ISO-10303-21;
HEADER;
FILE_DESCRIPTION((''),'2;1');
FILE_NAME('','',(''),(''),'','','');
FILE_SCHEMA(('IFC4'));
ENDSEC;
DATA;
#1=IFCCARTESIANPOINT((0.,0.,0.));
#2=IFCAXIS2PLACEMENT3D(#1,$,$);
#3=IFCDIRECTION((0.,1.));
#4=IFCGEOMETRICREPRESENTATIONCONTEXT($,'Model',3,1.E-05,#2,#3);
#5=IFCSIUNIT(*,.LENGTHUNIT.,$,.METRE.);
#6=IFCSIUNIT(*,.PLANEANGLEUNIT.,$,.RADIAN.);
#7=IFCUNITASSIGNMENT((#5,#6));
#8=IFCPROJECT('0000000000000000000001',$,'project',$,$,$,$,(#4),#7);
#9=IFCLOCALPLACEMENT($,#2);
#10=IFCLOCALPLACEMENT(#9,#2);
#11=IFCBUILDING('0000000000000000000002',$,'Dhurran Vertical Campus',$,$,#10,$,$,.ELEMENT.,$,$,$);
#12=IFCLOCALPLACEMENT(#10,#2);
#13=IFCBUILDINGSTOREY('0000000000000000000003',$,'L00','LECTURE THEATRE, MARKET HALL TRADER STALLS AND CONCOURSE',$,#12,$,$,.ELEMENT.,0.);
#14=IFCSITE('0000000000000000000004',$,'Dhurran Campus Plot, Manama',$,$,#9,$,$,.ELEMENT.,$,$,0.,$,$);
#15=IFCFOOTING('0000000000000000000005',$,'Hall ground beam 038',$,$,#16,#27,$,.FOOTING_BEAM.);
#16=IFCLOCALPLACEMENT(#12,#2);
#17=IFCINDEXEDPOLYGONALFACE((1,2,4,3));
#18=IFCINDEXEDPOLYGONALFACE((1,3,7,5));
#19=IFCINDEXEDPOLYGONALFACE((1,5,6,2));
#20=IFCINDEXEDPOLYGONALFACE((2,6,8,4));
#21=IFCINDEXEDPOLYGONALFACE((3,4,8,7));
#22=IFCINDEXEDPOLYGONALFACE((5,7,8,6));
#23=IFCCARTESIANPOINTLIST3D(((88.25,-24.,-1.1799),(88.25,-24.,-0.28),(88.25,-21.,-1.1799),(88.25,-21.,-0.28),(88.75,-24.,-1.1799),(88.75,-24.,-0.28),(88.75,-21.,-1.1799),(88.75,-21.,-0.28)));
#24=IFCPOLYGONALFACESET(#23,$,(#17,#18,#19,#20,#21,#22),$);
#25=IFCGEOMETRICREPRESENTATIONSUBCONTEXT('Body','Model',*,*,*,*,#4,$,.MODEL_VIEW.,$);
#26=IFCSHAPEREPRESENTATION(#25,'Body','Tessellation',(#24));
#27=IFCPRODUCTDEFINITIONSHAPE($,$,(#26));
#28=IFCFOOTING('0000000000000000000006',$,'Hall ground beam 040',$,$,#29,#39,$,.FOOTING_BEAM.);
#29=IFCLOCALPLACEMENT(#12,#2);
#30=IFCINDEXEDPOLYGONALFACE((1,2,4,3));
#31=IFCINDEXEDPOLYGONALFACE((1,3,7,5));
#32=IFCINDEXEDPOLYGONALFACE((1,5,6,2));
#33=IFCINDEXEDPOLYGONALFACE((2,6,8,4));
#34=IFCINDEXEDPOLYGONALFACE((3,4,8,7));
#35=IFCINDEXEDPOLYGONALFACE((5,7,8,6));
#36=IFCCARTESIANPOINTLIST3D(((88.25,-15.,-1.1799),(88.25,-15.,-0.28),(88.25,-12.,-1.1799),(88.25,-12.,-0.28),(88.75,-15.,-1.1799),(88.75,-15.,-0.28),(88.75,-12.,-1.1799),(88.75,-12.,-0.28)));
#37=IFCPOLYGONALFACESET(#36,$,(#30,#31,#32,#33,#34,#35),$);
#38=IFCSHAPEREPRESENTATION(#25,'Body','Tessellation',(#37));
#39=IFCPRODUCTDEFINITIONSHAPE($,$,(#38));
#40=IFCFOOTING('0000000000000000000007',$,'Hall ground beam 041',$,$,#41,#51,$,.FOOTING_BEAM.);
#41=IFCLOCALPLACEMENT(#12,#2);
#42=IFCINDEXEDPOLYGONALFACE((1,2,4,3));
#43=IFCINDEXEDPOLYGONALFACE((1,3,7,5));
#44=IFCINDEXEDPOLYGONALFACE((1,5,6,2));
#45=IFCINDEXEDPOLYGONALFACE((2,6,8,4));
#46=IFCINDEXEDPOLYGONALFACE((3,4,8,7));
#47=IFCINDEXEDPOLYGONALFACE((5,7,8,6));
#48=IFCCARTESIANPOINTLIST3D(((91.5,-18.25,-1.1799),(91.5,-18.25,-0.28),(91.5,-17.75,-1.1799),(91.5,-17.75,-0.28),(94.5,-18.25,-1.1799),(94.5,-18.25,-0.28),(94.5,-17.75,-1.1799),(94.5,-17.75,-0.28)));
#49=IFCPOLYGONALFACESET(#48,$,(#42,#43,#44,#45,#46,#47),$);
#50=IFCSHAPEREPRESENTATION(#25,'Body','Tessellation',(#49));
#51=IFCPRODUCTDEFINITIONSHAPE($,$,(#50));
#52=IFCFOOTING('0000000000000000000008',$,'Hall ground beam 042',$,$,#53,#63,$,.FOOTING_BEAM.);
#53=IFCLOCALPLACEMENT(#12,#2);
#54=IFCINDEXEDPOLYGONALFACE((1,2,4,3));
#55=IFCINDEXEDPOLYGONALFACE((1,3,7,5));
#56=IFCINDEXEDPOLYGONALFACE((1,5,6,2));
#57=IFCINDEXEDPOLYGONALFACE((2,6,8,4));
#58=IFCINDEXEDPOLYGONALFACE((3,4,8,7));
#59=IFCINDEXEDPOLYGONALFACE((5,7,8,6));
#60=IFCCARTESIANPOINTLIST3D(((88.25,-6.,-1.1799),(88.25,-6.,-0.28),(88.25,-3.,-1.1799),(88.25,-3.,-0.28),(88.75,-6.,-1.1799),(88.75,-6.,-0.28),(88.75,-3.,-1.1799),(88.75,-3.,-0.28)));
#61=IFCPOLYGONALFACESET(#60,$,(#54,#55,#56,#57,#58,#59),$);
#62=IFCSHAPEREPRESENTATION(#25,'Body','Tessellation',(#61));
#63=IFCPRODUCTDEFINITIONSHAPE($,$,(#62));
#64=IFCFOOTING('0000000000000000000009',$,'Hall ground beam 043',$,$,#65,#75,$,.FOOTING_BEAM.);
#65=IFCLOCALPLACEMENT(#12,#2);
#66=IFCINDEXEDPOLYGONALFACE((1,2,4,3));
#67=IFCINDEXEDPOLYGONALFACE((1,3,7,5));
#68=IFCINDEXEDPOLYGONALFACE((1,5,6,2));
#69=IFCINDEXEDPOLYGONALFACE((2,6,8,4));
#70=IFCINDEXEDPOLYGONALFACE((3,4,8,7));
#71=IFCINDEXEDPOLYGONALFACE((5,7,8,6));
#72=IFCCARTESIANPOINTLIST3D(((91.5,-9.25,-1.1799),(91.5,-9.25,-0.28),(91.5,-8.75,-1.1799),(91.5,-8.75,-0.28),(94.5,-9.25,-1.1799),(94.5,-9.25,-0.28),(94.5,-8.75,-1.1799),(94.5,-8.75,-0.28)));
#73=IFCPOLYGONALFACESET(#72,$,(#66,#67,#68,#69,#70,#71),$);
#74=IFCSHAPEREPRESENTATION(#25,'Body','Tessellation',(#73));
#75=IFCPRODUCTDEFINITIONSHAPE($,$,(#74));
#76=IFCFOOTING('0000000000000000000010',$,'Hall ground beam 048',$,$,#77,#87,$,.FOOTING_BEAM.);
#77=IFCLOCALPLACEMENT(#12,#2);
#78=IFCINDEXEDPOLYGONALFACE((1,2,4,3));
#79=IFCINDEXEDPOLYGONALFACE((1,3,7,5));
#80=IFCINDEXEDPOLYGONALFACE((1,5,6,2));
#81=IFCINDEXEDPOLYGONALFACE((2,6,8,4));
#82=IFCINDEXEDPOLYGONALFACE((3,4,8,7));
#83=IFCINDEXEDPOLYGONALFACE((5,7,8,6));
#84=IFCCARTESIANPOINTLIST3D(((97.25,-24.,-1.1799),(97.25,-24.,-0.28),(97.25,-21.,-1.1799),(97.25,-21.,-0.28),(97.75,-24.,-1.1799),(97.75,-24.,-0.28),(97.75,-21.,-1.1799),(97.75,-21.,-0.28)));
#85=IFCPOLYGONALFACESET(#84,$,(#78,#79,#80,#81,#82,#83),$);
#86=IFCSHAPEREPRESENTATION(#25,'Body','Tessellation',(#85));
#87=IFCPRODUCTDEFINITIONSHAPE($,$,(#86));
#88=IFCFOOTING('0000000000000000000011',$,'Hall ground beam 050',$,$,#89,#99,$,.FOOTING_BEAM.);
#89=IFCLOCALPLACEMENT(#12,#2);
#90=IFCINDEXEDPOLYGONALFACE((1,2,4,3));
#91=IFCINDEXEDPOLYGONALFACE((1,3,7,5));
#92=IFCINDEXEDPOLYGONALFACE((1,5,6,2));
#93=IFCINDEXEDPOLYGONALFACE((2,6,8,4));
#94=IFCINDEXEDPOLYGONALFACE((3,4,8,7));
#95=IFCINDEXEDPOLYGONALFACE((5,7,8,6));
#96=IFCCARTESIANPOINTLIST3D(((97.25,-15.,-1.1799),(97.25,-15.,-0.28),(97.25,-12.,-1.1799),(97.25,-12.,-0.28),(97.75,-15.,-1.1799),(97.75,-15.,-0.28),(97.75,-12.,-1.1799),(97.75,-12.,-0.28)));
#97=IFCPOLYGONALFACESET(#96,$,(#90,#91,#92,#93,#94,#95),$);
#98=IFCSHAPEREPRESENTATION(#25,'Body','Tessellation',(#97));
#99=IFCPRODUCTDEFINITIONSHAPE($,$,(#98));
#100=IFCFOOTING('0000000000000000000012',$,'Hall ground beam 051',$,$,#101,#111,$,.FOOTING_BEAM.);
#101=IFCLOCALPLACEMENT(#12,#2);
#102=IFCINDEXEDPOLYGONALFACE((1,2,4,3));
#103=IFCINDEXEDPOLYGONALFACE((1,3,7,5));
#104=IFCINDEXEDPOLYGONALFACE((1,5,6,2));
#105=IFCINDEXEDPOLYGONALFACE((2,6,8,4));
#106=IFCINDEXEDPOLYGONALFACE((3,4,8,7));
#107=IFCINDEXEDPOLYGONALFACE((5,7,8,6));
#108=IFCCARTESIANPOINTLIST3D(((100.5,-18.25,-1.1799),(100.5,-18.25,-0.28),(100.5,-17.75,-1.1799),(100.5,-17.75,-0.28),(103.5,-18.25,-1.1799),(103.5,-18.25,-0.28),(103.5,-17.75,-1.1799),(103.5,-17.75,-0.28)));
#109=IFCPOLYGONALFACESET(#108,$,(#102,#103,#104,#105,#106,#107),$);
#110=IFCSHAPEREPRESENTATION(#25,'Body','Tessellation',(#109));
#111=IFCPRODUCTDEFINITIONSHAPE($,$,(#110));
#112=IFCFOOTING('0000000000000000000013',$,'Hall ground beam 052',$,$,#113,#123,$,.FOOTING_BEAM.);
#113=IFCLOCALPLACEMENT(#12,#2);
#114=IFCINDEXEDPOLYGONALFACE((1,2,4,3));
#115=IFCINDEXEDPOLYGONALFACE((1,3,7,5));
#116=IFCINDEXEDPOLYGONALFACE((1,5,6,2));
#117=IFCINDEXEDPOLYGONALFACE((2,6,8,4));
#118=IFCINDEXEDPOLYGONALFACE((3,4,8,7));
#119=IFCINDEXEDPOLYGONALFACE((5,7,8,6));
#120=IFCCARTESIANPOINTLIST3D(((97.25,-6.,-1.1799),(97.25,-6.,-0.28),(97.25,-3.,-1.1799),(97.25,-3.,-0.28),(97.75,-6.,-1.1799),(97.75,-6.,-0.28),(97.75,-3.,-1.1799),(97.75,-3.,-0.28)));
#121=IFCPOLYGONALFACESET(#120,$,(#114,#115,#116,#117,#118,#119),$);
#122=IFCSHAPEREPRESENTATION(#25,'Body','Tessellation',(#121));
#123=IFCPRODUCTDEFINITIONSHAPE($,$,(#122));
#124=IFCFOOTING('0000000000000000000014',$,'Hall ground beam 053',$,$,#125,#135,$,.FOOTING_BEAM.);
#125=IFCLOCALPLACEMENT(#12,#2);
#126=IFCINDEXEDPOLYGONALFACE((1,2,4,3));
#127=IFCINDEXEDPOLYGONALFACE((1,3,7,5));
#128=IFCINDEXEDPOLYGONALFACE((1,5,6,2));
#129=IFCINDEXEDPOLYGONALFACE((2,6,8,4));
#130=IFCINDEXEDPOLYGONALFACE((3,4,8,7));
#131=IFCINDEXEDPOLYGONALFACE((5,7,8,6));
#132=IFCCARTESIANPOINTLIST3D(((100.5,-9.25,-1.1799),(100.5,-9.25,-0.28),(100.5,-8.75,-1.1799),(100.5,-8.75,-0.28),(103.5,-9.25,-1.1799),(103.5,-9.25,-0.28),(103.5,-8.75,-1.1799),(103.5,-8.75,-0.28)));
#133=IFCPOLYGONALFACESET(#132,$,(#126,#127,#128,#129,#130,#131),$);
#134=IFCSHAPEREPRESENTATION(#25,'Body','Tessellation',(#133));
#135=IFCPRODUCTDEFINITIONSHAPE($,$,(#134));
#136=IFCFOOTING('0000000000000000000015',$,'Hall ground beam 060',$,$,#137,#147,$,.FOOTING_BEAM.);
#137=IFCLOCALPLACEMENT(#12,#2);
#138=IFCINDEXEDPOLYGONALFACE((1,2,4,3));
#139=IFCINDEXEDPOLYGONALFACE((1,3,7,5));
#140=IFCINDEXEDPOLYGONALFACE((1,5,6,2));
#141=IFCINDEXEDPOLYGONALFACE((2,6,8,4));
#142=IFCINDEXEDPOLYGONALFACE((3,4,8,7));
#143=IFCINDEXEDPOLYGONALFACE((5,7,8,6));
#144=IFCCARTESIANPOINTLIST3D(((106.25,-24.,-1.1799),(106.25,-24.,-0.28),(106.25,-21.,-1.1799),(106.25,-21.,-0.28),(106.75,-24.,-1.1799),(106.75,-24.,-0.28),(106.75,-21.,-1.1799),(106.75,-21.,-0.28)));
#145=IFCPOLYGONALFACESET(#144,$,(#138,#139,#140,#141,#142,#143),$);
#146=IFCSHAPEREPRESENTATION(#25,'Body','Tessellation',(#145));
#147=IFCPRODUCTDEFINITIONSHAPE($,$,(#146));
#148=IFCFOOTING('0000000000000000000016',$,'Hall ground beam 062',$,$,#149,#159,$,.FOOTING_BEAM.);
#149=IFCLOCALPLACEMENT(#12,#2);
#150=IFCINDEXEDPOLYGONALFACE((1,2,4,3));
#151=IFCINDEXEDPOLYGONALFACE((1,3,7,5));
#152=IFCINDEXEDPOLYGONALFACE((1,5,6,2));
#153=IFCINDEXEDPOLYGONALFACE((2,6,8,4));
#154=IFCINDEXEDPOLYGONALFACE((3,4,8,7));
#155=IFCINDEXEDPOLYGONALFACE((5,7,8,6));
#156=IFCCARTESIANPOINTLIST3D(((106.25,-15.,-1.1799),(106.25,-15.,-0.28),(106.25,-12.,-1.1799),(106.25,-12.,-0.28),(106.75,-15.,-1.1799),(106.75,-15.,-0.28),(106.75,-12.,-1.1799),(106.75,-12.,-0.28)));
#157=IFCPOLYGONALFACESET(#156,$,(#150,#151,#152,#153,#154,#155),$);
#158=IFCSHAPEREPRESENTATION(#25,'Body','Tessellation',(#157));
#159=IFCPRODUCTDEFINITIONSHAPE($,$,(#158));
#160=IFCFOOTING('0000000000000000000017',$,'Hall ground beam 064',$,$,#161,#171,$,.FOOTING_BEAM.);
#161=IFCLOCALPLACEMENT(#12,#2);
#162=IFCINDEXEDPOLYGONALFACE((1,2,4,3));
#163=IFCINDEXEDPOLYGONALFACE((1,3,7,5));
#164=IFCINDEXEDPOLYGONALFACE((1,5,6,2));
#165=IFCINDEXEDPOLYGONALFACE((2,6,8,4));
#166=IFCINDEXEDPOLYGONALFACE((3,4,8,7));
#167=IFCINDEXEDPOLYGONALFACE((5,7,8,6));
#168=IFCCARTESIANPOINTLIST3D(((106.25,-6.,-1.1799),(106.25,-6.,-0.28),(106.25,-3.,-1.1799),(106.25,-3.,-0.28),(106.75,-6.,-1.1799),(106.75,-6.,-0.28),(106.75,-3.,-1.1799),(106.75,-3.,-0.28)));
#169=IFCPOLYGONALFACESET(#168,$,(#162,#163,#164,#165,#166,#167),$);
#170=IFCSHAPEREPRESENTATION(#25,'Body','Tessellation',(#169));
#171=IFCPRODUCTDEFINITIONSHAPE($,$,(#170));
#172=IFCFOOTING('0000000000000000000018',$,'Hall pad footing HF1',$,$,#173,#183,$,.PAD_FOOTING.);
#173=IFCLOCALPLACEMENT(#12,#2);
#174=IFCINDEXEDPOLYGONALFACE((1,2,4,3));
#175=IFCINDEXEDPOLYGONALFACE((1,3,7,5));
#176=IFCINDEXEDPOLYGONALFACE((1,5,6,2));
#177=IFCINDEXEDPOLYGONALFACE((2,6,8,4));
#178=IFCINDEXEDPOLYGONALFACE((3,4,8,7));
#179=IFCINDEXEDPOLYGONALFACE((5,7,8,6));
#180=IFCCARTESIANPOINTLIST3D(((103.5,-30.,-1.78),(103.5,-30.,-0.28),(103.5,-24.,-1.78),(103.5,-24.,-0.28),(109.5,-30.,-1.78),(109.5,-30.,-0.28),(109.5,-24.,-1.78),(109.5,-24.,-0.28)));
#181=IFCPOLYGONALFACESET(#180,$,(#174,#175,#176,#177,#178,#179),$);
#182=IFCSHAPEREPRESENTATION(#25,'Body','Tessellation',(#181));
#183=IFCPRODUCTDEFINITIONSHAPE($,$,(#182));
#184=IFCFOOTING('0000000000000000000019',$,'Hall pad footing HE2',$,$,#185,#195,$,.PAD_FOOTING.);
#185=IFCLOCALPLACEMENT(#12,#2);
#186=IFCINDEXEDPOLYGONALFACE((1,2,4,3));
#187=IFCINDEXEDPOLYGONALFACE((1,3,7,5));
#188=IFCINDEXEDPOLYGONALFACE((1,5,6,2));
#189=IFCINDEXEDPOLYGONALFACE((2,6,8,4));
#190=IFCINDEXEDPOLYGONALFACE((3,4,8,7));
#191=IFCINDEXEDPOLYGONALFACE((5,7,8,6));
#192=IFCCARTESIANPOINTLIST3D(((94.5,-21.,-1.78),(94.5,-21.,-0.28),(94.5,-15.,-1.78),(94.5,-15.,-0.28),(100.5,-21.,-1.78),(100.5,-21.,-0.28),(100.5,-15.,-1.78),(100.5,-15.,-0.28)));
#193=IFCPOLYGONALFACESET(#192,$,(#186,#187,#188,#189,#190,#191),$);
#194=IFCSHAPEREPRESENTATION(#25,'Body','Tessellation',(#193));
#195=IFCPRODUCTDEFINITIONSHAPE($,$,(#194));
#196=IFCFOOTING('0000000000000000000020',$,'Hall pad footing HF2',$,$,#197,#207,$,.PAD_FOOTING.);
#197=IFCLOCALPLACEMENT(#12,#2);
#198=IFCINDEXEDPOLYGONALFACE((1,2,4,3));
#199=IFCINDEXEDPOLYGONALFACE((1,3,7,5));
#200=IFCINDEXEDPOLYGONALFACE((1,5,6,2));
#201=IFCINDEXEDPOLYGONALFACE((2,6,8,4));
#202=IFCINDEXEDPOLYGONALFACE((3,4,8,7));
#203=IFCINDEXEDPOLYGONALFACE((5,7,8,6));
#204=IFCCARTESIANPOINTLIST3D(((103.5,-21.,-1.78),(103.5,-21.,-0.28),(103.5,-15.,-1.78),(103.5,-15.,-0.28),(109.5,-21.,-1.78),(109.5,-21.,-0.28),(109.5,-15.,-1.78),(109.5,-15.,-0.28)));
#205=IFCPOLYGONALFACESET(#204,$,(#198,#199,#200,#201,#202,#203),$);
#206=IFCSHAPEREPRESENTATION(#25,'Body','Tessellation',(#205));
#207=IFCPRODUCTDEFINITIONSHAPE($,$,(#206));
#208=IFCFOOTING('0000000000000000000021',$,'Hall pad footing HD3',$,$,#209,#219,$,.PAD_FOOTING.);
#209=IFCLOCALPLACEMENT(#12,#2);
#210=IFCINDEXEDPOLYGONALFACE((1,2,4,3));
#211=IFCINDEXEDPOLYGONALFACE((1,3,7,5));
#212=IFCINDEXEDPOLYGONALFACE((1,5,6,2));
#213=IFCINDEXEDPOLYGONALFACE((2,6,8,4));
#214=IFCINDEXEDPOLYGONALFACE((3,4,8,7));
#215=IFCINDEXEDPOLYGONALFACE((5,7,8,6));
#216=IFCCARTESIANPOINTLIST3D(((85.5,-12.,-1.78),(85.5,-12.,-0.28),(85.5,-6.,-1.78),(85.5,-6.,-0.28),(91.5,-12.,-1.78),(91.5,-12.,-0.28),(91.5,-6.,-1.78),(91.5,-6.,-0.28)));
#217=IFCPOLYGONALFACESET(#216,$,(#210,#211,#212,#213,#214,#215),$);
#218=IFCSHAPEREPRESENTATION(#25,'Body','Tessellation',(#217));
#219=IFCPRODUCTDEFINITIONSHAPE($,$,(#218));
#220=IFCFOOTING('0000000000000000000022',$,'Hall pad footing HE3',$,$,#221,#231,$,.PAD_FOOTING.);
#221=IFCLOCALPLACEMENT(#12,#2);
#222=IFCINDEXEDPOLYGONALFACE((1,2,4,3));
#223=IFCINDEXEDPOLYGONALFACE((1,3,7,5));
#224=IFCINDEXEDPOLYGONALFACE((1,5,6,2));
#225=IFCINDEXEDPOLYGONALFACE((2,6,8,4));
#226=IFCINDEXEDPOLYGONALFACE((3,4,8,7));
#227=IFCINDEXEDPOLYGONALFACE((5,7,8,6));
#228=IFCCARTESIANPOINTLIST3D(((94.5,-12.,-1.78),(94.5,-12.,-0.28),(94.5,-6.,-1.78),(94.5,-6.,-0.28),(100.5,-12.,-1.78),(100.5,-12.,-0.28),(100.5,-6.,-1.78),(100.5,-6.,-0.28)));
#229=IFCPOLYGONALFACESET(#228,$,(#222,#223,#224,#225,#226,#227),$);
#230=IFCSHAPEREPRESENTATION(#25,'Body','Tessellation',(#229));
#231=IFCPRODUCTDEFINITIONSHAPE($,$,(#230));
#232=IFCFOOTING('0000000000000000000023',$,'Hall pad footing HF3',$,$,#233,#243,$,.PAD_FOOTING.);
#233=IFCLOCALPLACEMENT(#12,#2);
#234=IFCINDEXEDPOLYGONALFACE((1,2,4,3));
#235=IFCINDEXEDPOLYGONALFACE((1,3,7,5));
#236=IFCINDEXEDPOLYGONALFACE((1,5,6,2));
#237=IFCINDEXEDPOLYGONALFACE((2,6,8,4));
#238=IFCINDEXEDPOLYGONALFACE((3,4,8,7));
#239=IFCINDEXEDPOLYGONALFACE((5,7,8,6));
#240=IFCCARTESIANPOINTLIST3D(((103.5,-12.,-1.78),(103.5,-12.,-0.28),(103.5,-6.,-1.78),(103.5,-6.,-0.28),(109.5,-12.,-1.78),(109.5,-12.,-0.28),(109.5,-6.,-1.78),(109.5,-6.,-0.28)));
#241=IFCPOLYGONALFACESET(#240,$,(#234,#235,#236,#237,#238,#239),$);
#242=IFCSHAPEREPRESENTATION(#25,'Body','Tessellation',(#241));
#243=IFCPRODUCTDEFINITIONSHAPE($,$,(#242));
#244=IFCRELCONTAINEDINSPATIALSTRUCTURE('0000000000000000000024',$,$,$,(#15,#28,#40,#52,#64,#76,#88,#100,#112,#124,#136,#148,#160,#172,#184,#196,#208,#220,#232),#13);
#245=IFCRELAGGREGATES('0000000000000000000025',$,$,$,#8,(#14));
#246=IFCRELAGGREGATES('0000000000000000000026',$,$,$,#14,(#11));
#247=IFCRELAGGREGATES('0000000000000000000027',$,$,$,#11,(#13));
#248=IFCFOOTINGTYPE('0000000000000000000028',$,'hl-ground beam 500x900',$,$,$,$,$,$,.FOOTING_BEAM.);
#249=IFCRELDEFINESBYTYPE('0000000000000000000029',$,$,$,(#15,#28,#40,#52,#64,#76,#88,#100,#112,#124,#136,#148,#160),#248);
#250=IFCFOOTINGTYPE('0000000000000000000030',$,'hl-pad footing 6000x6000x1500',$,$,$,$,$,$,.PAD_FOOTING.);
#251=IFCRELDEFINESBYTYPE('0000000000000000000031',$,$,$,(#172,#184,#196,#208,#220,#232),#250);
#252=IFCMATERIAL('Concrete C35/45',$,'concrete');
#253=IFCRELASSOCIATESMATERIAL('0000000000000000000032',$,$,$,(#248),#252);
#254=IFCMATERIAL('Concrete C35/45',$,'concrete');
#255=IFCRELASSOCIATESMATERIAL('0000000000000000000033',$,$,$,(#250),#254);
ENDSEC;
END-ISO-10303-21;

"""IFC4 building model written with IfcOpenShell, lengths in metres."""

from ifc_helpers import new_model, si_unit, direction, frame, origin, origin_2d, place, context, subcontext, project, spatial, rectangle, extrude, material, material_profile, profile_set, type_object, element, save


model = new_model("IFC4")

# Units and contexts
model_context = context("Model", 3, precision=1e-05, world=origin(), true_north=direction((0.0, 1.0)))
body_context = subcontext(model_context, "Body", "Model", "MODEL_VIEW")
ifc_project = project(units=[si_unit("LENGTHUNIT", "METRE"), si_unit("PLANEANGLEUNIT", "RADIAN")], contexts=[model_context])

# Site, building, storey
site_placement = place(None, origin())
site = spatial("IfcSite", under=ifc_project, at=site_placement, Name="Dhurran Campus Plot, Manama", CompositionType="ELEMENT", RefElevation=0.0)
building_placement = place(site_placement, origin())
building = spatial("IfcBuilding", under=site, at=building_placement, Name="Dhurran Vertical Campus", CompositionType="ELEMENT")
storey_placement = place(building_placement, origin())
storey = spatial("IfcBuildingStorey", under=building, at=storey_placement, Name="L00", Description="LECTURE THEATRE, MARKET HALL TRADER STALLS AND CONCOURSE", CompositionType="ELEMENT", Elevation=0.0)

# Footings
ifc_material_1 = material(Name="Concrete C35/45", Category="concrete")
ifc_material_profile_1 = material_profile(ifc_material_1, rectangle(XDim=0.5, YDim=0.8999, at=origin_2d()), Name="hl-ground beam 500x900")
ifc_profile_set_1 = profile_set([ifc_material_profile_1], Name="Concrete C35/45")
footing_type_1 = type_object("IfcFootingType", Name="hl-ground beam 500x900", PredefinedType="FOOTING_BEAM", material=ifc_profile_set_1)
for number, where, z_axis, x_axis, name in (
    (1, (88.5, -24.0, -0.73), (0.0, 1.0, 0.0), (-1.0, 0.0, 0.0), "Hall ground beam 038"),
    (2, (88.5, -15.0, -0.73), (0.0, 1.0, 0.0), (-1.0, 0.0, 0.0), "Hall ground beam 040"),
    (3, (91.5, -18.0, -0.73), (1.0, 0.0, 0.0), (0.0, 1.0, 0.0), "Hall ground beam 041"),
    (4, (88.5, -6.0, -0.73), (0.0, 1.0, 0.0), (-1.0, 0.0, 0.0), "Hall ground beam 042"),
    (5, (91.5, -9.0, -0.73), (1.0, 0.0, 0.0), (0.0, 1.0, 0.0), "Hall ground beam 043"),
    (6, (97.5, -24.0, -0.73), (0.0, 1.0, 0.0), (-1.0, 0.0, 0.0), "Hall ground beam 048"),
    (7, (97.5, -15.0, -0.73), (0.0, 1.0, 0.0), (-1.0, 0.0, 0.0), "Hall ground beam 050"),
    (8, (100.5, -18.0, -0.73), (1.0, 0.0, 0.0), (0.0, 1.0, 0.0), "Hall ground beam 051"),
    (9, (97.5, -6.0, -0.73), (0.0, 1.0, 0.0), (-1.0, 0.0, 0.0), "Hall ground beam 052"),
    (10, (100.5, -9.0, -0.73), (1.0, 0.0, 0.0), (0.0, 1.0, 0.0), "Hall ground beam 053"),
    (11, (106.5, -24.0, -0.73), (0.0, 1.0, 0.0), (-1.0, 0.0, 0.0), "Hall ground beam 060"),
    (12, (106.5, -15.0, -0.73), (0.0, 1.0, 0.0), (-1.0, 0.0, 0.0), "Hall ground beam 062"),
    (13, (106.5, -6.0, -0.73), (0.0, 1.0, 0.0), (-1.0, 0.0, 0.0), "Hall ground beam 064"),
):
    element("IfcFooting", number, at=place(storey_placement, frame(where, z_axis=z_axis, x_axis=x_axis)), inside=storey, type_object=footing_type_1, Name=name, PredefinedType="FOOTING_BEAM", context=body_context, shape_type="SweptSolid", body=[
        extrude(rectangle(XDim=0.5, YDim=0.8999, at=origin_2d()), origin(), (0.0, 0.0, 1.0), 3.0),
    ])
ifc_material_2 = material(Name="Concrete C35/45", Category="concrete")
footing_type_2 = type_object("IfcFootingType", Name="hl-pad footing 6000x6000x1500", PredefinedType="PAD_FOOTING", material=ifc_material_2)
for number, where, z_axis, x_axis, name in (
    (14, (106.5, -27.0, -1.78), (0.0, 0.0, 1.0), (1.0, 0.0, 0.0), "Hall pad footing HF1"),
    (15, (97.5, -18.0, -1.78), (0.0, 0.0, 1.0), (1.0, 0.0, 0.0), "Hall pad footing HE2"),
    (16, (106.5, -18.0, -1.78), (0.0, 0.0, 1.0), (1.0, 0.0, 0.0), "Hall pad footing HF2"),
    (17, (88.5, -9.0, -1.78), (0.0, 0.0, 1.0), (1.0, 0.0, 0.0), "Hall pad footing HD3"),
    (18, (97.5, -9.0, -1.78), (0.0, 0.0, 1.0), (1.0, 0.0, 0.0), "Hall pad footing HE3"),
    (19, (106.5, -9.0, -1.78), (0.0, 0.0, 1.0), (1.0, 0.0, 0.0), "Hall pad footing HF3"),
):
    element("IfcFooting", number, at=place(storey_placement, frame(where, z_axis=z_axis, x_axis=x_axis)), inside=storey, type_object=footing_type_2, Name=name, PredefinedType="PAD_FOOTING", context=body_context, shape_type="SweptSolid", body=[
        extrude(rectangle(XDim=6.0, YDim=6.0, at=origin_2d()), origin(), (0.0, 0.0, 1.0), 1.5),
    ])

save(model, "model.ifc")
